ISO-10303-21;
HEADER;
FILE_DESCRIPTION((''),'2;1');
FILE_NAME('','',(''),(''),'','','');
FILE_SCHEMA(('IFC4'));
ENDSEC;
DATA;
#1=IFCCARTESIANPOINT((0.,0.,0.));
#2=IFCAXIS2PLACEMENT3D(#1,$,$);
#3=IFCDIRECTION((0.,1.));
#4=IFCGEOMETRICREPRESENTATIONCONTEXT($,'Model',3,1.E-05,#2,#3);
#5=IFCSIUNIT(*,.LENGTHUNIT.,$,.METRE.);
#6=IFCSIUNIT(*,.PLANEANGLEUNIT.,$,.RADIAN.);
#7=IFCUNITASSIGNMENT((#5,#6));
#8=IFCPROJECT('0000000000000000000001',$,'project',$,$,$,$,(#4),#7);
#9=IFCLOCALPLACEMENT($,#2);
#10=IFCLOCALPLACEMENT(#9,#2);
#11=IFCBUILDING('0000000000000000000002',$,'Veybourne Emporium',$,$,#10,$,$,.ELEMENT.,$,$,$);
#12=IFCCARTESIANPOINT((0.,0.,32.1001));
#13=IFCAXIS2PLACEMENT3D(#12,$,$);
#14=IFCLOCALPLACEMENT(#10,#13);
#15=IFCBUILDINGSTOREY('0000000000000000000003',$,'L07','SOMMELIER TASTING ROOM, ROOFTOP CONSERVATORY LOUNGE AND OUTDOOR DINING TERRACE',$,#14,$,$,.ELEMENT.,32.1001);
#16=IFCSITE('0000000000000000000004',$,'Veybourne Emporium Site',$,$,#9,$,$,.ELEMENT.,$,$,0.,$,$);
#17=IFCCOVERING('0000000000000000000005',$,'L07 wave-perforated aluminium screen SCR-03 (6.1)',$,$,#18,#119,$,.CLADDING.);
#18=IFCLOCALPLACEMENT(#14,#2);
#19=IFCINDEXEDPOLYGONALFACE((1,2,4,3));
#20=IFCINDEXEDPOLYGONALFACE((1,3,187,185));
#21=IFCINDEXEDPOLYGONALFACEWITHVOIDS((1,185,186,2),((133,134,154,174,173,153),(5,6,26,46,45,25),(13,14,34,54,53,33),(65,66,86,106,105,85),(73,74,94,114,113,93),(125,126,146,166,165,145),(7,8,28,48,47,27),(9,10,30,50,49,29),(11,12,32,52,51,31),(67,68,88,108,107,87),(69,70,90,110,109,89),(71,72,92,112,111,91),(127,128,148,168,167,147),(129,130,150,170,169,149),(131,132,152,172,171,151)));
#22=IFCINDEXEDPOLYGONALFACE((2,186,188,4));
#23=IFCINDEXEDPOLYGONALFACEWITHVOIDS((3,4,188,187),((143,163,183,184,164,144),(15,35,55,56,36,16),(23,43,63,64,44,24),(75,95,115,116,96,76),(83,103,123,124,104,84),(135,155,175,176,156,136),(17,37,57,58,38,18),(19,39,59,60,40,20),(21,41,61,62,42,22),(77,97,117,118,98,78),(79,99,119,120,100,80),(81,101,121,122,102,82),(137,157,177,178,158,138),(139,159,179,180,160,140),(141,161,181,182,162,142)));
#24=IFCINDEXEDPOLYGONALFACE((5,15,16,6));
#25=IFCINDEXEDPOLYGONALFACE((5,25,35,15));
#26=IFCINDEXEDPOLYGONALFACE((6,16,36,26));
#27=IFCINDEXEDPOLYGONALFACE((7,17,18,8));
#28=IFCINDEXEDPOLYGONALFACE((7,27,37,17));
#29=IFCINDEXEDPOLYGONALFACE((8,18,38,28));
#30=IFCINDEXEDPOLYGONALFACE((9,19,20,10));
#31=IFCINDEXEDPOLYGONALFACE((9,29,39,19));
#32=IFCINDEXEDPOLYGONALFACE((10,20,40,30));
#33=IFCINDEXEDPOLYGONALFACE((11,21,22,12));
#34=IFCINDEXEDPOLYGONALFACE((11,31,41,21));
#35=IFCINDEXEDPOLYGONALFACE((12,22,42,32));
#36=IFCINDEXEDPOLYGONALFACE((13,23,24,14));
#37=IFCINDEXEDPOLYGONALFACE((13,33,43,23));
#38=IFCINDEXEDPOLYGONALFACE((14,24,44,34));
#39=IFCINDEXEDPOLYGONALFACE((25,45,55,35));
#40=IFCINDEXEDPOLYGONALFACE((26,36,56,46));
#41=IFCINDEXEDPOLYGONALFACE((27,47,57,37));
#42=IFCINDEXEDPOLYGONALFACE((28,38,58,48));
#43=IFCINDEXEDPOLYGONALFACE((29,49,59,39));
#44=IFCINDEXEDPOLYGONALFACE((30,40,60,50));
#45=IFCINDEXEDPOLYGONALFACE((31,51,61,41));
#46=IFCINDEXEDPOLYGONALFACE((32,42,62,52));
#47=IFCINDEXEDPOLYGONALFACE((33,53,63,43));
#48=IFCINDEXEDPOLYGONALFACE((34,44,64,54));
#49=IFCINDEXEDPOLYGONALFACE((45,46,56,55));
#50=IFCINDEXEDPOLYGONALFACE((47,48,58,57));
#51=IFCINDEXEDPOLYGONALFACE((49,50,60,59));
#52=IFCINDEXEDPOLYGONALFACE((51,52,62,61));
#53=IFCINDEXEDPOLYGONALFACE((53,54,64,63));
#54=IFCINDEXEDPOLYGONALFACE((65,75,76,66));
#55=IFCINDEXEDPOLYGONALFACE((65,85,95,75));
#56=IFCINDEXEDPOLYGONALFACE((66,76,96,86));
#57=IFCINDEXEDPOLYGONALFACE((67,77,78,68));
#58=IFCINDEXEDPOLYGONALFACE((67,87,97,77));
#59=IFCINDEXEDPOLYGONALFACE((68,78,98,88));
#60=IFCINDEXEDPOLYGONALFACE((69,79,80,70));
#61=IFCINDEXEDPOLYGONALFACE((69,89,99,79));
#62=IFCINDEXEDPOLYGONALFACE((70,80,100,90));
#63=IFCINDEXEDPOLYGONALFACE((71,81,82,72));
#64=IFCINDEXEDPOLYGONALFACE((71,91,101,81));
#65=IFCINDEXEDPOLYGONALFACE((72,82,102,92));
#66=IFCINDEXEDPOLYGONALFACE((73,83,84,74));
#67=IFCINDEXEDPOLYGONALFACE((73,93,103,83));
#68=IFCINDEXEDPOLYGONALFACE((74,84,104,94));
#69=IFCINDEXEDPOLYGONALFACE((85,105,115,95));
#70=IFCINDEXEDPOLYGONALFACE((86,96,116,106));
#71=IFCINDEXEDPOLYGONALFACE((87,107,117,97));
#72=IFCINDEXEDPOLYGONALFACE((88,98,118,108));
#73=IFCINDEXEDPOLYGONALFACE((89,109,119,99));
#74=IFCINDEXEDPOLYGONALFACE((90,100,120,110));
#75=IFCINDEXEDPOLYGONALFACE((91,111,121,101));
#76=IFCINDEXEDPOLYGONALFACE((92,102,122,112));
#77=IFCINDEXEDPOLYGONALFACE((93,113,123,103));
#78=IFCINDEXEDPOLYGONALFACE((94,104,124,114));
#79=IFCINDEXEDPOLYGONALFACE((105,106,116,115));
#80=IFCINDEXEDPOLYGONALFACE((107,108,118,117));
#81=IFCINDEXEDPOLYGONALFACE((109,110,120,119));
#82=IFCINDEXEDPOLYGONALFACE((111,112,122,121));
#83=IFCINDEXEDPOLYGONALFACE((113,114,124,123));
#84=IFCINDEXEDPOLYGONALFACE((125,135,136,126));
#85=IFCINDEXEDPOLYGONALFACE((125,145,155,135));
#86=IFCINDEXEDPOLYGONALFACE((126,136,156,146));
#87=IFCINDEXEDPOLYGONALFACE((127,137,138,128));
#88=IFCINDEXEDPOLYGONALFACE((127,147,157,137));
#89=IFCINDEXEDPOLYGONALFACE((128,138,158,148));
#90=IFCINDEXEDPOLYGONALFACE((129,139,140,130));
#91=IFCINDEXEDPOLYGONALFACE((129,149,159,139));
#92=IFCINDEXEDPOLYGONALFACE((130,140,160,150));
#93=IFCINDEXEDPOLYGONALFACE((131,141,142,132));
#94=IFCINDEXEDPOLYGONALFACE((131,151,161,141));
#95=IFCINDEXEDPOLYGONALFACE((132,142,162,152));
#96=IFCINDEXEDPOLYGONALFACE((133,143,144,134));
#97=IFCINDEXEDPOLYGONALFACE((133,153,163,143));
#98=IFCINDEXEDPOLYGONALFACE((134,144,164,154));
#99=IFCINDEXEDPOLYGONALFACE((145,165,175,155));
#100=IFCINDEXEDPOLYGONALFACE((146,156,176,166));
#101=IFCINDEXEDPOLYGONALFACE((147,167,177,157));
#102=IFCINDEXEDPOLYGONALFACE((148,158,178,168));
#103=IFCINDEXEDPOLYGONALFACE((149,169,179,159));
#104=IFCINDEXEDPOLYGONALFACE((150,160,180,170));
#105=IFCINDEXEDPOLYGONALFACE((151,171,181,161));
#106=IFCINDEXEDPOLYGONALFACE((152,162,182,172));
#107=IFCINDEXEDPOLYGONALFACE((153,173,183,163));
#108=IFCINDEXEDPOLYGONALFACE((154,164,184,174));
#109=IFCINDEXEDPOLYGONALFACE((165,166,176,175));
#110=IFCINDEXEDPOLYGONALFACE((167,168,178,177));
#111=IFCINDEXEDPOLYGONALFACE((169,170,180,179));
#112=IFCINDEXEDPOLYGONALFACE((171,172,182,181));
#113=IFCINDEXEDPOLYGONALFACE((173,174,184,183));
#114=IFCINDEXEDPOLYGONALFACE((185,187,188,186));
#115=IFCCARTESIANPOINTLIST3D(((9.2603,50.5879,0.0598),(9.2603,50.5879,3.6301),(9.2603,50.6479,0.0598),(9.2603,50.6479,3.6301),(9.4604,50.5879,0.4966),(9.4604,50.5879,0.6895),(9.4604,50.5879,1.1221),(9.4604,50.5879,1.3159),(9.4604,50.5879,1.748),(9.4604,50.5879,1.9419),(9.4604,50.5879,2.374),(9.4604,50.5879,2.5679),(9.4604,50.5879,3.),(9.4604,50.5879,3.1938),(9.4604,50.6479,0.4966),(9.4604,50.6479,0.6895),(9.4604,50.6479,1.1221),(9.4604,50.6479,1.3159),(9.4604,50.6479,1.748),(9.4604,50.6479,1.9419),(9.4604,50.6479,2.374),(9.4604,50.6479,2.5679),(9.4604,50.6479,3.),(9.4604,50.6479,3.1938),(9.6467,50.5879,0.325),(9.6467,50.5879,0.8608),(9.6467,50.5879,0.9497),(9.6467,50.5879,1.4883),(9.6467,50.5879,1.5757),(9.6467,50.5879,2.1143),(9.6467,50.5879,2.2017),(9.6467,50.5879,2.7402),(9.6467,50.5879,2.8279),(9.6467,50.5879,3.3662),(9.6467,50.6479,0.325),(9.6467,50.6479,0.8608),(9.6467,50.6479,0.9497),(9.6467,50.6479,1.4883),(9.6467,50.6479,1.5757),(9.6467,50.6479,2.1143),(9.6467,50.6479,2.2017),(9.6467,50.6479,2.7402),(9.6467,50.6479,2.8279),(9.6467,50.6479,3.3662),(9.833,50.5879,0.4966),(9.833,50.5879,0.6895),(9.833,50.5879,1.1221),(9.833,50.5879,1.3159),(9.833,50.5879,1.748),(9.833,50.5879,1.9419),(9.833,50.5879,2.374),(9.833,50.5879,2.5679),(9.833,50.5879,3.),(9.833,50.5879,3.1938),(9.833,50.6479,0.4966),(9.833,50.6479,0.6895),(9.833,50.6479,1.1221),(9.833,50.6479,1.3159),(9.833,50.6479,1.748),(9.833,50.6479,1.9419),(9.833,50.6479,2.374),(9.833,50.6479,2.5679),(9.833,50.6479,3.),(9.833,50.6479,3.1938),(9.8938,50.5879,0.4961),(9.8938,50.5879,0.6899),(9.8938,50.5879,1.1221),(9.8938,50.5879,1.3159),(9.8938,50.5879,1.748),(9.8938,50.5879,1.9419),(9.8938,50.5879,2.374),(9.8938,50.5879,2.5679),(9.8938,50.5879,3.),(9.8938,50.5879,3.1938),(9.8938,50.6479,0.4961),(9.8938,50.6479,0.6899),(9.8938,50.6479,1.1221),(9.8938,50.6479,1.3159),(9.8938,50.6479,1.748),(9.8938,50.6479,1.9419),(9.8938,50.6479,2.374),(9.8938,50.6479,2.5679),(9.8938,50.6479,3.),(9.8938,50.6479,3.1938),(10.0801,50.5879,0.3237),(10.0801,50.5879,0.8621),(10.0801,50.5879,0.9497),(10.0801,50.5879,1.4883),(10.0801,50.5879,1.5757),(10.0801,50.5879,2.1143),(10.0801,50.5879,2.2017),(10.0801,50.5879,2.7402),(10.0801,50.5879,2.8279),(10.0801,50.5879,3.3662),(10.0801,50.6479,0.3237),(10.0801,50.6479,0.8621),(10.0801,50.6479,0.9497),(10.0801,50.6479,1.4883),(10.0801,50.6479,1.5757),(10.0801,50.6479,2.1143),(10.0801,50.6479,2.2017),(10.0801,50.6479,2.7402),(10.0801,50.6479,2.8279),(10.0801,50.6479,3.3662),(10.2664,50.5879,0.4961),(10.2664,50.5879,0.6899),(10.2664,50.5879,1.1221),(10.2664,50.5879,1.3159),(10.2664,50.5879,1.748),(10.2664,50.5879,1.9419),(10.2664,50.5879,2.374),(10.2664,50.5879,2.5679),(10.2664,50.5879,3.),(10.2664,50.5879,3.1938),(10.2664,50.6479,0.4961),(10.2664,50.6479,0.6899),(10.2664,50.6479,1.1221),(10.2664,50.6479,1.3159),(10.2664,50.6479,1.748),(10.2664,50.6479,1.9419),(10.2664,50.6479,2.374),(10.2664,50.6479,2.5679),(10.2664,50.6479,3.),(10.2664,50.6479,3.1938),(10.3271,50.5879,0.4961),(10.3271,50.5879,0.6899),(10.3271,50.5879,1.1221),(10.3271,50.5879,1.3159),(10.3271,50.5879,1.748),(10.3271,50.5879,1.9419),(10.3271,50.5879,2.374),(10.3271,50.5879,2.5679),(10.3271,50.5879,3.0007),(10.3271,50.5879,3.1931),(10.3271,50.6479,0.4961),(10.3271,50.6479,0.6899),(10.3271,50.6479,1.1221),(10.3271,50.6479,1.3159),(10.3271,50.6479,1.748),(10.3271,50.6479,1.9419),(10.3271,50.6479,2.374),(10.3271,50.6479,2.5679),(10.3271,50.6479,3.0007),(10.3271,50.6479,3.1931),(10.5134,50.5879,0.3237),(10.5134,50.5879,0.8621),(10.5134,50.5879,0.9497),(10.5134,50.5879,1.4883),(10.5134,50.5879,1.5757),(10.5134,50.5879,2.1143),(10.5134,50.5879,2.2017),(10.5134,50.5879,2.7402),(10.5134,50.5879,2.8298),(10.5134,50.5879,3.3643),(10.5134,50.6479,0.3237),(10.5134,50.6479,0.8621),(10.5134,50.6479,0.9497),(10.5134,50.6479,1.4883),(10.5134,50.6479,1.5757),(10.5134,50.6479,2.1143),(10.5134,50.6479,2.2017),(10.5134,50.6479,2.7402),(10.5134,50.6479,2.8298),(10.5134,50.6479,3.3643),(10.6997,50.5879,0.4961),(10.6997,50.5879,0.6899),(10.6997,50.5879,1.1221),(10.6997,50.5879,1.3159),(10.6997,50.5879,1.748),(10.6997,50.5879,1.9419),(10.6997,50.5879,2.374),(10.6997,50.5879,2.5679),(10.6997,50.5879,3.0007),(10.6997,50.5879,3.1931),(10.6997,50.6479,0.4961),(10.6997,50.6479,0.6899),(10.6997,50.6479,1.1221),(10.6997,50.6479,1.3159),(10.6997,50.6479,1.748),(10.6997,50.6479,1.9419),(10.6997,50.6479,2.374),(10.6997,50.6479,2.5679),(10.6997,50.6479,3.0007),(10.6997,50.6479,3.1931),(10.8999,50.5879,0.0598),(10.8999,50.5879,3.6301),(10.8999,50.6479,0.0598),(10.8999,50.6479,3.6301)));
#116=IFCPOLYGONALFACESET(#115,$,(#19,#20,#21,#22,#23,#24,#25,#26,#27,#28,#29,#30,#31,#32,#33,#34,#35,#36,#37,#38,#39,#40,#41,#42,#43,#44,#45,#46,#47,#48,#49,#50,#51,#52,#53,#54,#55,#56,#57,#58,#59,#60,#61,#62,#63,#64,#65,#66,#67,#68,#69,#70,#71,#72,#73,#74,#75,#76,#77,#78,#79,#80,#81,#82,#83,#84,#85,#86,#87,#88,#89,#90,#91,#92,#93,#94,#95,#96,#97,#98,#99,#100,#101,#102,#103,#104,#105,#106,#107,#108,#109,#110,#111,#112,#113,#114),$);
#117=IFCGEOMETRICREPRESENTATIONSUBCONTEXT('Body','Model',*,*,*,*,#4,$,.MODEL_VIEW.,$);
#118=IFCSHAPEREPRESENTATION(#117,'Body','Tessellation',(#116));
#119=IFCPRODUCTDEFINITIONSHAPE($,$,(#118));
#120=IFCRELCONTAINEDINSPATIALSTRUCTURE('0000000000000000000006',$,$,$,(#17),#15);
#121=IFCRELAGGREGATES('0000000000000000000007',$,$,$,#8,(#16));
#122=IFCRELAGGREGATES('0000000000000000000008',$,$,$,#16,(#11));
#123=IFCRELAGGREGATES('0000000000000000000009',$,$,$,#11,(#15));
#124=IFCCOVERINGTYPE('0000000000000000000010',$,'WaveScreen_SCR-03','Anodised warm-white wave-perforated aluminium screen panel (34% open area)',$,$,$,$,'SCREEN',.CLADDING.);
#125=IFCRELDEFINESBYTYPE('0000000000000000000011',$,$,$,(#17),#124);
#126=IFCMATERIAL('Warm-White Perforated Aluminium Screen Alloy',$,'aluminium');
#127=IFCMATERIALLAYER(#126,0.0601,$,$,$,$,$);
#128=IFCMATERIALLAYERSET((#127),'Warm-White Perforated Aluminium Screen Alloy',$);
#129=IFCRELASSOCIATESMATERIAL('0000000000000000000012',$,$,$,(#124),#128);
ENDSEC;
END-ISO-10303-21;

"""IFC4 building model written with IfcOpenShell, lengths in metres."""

from ifc_helpers import new_model, si_unit, direction, frame, origin, place, context, subcontext, project, spatial, polyline, outline, extrude, material, layer, layer_set, type_object, element, save


model = new_model("IFC4")

# Units and contexts
model_context = context("Model", 3, precision=1e-05, world=origin(), true_north=direction((0.0, 1.0)))
body_context = subcontext(model_context, "Body", "Model", "MODEL_VIEW")
ifc_project = project(units=[si_unit("LENGTHUNIT", "METRE"), si_unit("PLANEANGLEUNIT", "RADIAN")], contexts=[model_context])

# Site, building, storey
site_placement = place(None, origin())
site = spatial("IfcSite", under=ifc_project, at=site_placement, Name="Veybourne Emporium Site", CompositionType="ELEMENT", RefElevation=0.0)
building_placement = place(site_placement, origin())
building = spatial("IfcBuilding", under=site, at=building_placement, Name="Veybourne Emporium", CompositionType="ELEMENT")
storey_placement = place(building_placement, frame((0.0, 0.0, 32.1001)))
storey = spatial("IfcBuildingStorey", under=building, at=storey_placement, Name="L07", Description="SOMMELIER TASTING ROOM, ROOFTOP CONSERVATORY LOUNGE AND OUTDOOR DINING TERRACE", CompositionType="ELEMENT", Elevation=32.1001)

# Covering
ifc_material_1 = material(Name="Warm-White Perforated Aluminium Screen Alloy", Category="aluminium")
ifc_layer_1 = layer(ifc_material_1, 0.0601)
ifc_layer_set_1 = layer_set([ifc_layer_1], Name="Warm-White Perforated Aluminium Screen Alloy")
covering_type_1 = type_object("IfcCoveringType", Name="WaveScreen_SCR-03", Description="Anodised warm-white wave-perforated aluminium screen panel (34% open area)", ElementType="SCREEN", PredefinedType="CLADDING", material=ifc_layer_set_1)
covering_1_placement = place(storey_placement, frame((10.0801, 50.6479, 1.845), z_axis=(0.0, -1.0, 0.0), x_axis=(1.0, 0.0, 0.0)))
element("IfcCovering", 1, at=covering_1_placement, inside=storey, type_object=covering_type_1, Name="L07 wave-perforated aluminium screen SCR-03 (6.1)", PredefinedType="CLADDING", context=body_context, shape_type="SweptSolid", body=[
    extrude(outline(polyline([(-0.8198, -1.7852), (0.8198, -1.7852), (0.8198, 1.7852), (-0.8198, 1.7852), (-0.8198, -1.7852)]), holes=[polyline([(-0.4333, -0.9841), (-0.2471, -1.1555), (-0.2471, -1.3484), (-0.4333, -1.52), (-0.6196, -1.3484), (-0.6196, -1.1555), (-0.4333, -0.9841)]), polyline([(-0.4333, -0.3567), (-0.2471, -0.5291), (-0.2471, -0.7229), (-0.4333, -0.8953), (-0.6196, -0.7229), (-0.6196, -0.5291), (-0.4333, -0.3567)]), polyline([(-0.4333, 0.2693), (-0.2471, 0.0969), (-0.2471, -0.0969), (-0.4333, -0.2693), (-0.6196, -0.0969), (-0.6196, 0.0969), (-0.4333, 0.2693)]), polyline([(-0.4333, 0.8953), (-0.2471, 0.7229), (-0.2471, 0.5291), (-0.4333, 0.3567), (-0.6196, 0.5291), (-0.6196, 0.7229), (-0.4333, 0.8953)]), polyline([(-0.4333, 1.5212), (-0.2471, 1.3489), (-0.2471, 1.155), (-0.4333, 0.9829), (-0.6196, 1.155), (-0.6196, 1.3489), (-0.4333, 1.5212)]), polyline([(0.0, -0.9829), (0.1863, -1.155), (0.1863, -1.3489), (0.0, -1.5212), (-0.1863, -1.3489), (-0.1863, -1.155), (0.0, -0.9829)]), polyline([(0.0, -0.3567), (0.1863, -0.5291), (0.1863, -0.7229), (0.0, -0.8953), (-0.1863, -0.7229), (-0.1863, -0.5291), (0.0, -0.3567)]), polyline([(0.0, 0.2693), (0.1863, 0.0969), (0.1863, -0.0969), (0.0, -0.2693), (-0.1863, -0.0969), (-0.1863, 0.0969), (0.0, 0.2693)]), polyline([(0.0, 0.8953), (0.1863, 0.7229), (0.1863, 0.5291), (0.0, 0.3567), (-0.1863, 0.5291), (-0.1863, 0.7229), (0.0, 0.8953)]), polyline([(0.0, 1.5212), (0.1863, 1.3489), (0.1863, 1.155), (0.0, 0.9829), (-0.1863, 1.155), (-0.1863, 1.3489), (0.0, 1.5212)]), polyline([(0.4333, -0.9829), (0.6196, -1.155), (0.6196, -1.3489), (0.4333, -1.5212), (0.2471, -1.3489), (0.2471, -1.155), (0.4333, -0.9829)]), polyline([(0.4333, -0.3567), (0.6196, -0.5291), (0.6196, -0.7229), (0.4333, -0.8953), (0.2471, -0.7229), (0.2471, -0.5291), (0.4333, -0.3567)]), polyline([(0.4333, 0.2693), (0.6196, 0.0969), (0.6196, -0.0969), (0.4333, -0.2693), (0.2471, -0.0969), (0.2471, 0.0969), (0.4333, 0.2693)]), polyline([(0.4333, 0.8953), (0.6196, 0.7229), (0.6196, 0.5291), (0.4333, 0.3567), (0.2471, 0.5291), (0.2471, 0.7229), (0.4333, 0.8953)]), polyline([(0.4333, 1.5193), (0.6196, 1.3481), (0.6196, 1.1558), (0.4333, 0.9849), (0.2471, 1.1558), (0.2471, 1.3481), (0.4333, 1.5193)])]), origin(), (0.0, 0.0, 1.0), 0.0601),
])

save(model, "model.ifc")
